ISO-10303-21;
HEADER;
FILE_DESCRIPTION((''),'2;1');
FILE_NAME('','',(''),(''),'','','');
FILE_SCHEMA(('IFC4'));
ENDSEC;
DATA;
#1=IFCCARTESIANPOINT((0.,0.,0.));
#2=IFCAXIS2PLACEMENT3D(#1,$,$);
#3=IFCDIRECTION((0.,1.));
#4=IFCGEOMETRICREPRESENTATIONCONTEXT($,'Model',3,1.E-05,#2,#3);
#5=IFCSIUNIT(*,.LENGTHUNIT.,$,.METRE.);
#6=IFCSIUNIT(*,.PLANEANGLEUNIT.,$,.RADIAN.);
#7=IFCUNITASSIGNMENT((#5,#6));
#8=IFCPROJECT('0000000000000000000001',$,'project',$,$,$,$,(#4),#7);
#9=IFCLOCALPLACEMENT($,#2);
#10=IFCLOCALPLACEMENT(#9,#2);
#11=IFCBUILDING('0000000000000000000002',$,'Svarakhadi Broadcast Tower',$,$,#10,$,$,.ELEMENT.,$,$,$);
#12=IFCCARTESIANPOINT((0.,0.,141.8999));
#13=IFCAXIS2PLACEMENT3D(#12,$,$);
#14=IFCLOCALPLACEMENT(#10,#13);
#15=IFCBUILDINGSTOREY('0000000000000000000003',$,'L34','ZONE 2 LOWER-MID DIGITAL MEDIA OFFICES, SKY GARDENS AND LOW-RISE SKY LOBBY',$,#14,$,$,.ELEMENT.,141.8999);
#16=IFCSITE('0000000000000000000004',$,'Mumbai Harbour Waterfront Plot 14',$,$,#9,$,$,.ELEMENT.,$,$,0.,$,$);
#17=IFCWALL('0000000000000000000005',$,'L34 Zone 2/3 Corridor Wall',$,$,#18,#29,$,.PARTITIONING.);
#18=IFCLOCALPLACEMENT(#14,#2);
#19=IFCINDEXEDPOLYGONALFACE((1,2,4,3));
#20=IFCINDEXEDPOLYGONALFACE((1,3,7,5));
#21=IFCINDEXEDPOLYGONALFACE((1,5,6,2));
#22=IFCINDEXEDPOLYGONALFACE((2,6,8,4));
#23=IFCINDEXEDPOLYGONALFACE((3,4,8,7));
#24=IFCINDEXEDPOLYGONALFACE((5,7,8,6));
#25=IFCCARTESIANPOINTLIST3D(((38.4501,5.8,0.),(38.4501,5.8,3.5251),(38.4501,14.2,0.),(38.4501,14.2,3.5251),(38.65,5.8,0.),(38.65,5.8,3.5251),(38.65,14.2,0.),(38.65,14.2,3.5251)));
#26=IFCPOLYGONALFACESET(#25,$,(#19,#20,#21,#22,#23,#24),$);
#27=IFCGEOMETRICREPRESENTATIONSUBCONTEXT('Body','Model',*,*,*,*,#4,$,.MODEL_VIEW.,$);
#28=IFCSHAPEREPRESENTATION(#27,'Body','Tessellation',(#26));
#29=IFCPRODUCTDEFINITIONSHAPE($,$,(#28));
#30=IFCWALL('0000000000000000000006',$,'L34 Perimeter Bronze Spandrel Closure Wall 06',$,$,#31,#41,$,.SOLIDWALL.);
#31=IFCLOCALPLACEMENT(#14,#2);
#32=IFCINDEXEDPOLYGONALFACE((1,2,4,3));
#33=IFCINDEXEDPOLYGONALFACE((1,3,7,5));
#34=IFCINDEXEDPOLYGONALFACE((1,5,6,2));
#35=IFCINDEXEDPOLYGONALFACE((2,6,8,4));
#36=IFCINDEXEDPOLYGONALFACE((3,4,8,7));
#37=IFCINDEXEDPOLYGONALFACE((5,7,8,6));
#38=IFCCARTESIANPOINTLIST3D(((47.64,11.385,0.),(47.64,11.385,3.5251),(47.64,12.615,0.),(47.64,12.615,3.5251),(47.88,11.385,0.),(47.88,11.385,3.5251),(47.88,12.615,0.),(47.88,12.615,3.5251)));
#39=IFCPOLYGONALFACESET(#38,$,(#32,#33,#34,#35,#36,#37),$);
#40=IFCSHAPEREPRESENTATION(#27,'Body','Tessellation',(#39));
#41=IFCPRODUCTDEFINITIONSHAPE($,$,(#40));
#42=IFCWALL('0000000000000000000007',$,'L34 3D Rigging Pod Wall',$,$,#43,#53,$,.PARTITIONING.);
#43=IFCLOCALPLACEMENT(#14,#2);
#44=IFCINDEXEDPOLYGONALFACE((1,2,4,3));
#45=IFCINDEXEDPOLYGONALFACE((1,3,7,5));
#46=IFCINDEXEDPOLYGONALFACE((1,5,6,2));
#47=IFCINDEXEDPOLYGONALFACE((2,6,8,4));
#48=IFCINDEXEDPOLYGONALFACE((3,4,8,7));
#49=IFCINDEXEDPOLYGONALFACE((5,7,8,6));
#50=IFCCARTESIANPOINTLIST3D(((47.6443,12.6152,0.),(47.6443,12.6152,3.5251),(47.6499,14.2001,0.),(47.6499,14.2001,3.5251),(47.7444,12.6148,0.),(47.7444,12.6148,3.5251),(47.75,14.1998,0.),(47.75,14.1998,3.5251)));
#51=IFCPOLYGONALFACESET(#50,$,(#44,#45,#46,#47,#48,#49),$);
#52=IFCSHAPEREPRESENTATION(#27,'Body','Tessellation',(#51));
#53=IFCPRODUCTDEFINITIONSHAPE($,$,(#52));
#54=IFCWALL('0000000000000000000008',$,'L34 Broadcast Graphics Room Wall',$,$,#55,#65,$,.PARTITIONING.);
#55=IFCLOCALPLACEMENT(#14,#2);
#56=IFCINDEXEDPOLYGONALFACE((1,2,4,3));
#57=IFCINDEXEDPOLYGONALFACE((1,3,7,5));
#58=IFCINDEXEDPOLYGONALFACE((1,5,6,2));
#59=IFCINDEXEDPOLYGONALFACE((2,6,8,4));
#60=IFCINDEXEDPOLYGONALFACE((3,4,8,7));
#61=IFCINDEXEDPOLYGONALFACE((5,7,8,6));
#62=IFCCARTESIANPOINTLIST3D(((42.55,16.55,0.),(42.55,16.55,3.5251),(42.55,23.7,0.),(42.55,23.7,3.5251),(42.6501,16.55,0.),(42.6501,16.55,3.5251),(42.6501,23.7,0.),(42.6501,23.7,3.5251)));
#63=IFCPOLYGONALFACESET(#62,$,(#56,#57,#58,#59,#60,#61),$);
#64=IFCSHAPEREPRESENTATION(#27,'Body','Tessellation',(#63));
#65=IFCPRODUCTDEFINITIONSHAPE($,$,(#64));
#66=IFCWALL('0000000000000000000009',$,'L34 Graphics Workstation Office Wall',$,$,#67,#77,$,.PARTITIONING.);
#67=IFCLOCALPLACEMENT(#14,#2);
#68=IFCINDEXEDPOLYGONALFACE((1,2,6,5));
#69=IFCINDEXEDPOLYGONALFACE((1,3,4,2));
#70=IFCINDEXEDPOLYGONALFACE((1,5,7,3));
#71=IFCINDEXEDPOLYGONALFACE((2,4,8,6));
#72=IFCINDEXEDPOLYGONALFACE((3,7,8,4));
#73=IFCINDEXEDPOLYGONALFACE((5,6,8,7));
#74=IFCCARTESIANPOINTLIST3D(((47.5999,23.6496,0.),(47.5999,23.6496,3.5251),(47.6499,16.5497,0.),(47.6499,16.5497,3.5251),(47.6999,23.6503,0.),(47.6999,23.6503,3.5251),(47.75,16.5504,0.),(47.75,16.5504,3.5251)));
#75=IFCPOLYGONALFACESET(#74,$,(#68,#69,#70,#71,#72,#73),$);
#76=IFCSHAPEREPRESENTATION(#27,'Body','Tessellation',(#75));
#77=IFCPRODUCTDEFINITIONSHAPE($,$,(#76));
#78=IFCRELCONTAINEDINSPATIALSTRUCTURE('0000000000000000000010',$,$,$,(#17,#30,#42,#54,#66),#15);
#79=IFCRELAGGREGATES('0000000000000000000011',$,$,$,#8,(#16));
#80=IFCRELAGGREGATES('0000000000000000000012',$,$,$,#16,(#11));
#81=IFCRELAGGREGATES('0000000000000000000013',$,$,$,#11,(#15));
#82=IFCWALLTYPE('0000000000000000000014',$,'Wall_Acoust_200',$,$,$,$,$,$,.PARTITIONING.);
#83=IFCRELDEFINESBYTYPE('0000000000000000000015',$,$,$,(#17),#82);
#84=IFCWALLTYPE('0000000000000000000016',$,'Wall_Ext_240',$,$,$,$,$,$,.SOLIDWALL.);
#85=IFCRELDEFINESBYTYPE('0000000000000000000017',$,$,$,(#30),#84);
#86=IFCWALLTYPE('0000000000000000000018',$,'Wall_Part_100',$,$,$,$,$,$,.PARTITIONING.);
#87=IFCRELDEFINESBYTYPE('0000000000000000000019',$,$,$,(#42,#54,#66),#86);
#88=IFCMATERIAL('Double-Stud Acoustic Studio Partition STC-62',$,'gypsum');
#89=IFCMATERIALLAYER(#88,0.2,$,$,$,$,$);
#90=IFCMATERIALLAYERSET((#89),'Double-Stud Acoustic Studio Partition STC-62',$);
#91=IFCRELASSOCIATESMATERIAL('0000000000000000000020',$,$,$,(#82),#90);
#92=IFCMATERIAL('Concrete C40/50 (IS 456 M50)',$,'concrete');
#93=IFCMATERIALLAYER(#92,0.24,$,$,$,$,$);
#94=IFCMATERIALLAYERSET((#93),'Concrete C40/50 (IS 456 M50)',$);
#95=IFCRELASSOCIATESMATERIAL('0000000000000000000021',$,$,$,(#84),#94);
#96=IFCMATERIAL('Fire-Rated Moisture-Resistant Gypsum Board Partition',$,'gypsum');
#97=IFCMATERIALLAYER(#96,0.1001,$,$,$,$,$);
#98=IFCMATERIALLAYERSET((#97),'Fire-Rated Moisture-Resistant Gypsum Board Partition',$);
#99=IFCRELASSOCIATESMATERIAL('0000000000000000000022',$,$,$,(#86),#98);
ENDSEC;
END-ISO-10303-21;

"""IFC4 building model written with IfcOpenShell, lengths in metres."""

from ifc_helpers import new_model, si_unit, direction, frame, frame_2d, origin, place, context, subcontext, project, spatial, rectangle, extrude, material, layer, layer_set, type_object, element, save


model = new_model("IFC4")

# Units and contexts
model_context = context("Model", 3, precision=1e-05, world=origin(), true_north=direction((0.0, 1.0)))
body_context = subcontext(model_context, "Body", "Model", "MODEL_VIEW")
ifc_project = project(units=[si_unit("LENGTHUNIT", "METRE"), si_unit("PLANEANGLEUNIT", "RADIAN")], contexts=[model_context])

# Site, building, storey
site_placement = place(None, origin())
site = spatial("IfcSite", under=ifc_project, at=site_placement, Name="Mumbai Harbour Waterfront Plot 14", CompositionType="ELEMENT", RefElevation=0.0)
building_placement = place(site_placement, origin())
building = spatial("IfcBuilding", under=site, at=building_placement, Name="Svarakhadi Broadcast Tower", CompositionType="ELEMENT")
storey_placement = place(building_placement, frame((0.0, 0.0, 141.8999)))
storey = spatial("IfcBuildingStorey", under=building, at=storey_placement, Name="L34", Description="ZONE 2 LOWER-MID DIGITAL MEDIA OFFICES, SKY GARDENS AND LOW-RISE SKY LOBBY", CompositionType="ELEMENT", Elevation=141.8999)

# Shared definitions
ifc_material_1 = material(Name="Double-Stud Acoustic Studio Partition STC-62", Category="gypsum")
ifc_layer_1 = layer(ifc_material_1, 0.2)
ifc_layer_set_1 = layer_set([ifc_layer_1], Name="Double-Stud Acoustic Studio Partition STC-62")
wall_type_1 = type_object("IfcWallType", Name="Wall_Acoust_200", PredefinedType="PARTITIONING", material=ifc_layer_set_1)

# Walls
wall_1_placement = place(storey_placement, frame((38.55, 14.2, 0.0), z_axis=(0.0, 0.0, 1.0), x_axis=(0.0, -1.0, 0.0)))
element("IfcWall", 1, at=wall_1_placement, inside=storey, type_object=wall_type_1, Name="L34 Zone 2/3 Corridor Wall", PredefinedType="PARTITIONING", context=body_context, shape_type="SweptSolid", body=[
    extrude(rectangle(XDim=8.3999, YDim=0.2, at=frame_2d((4.2, 0.0))), origin(), (0.0, 0.0, 1.0), 3.5251),
])
ifc_material_2 = material(Name="Concrete C40/50 (IS 456 M50)", Category="concrete")
ifc_layer_2 = layer(ifc_material_2, 0.24)
ifc_layer_set_2 = layer_set([ifc_layer_2], Name="Concrete C40/50 (IS 456 M50)")
wall_type_2 = type_object("IfcWallType", Name="Wall_Ext_240", PredefinedType="SOLIDWALL", material=ifc_layer_set_2)
wall_2_placement = place(storey_placement, frame((47.76, 12.615, 0.0), z_axis=(0.0, 0.0, 1.0), x_axis=(0.0, -1.0, 0.0)))
element("IfcWall", 2, at=wall_2_placement, inside=storey, type_object=wall_type_2, Name="L34 Perimeter Bronze Spandrel Closure Wall 06", PredefinedType="SOLIDWALL", context=body_context, shape_type="SweptSolid", body=[
    extrude(rectangle(XDim=1.23, YDim=0.24, at=frame_2d((0.615, 0.0))), origin(), (0.0, 0.0, 1.0), 3.5251),
])
ifc_material_3 = material(Name="Fire-Rated Moisture-Resistant Gypsum Board Partition", Category="gypsum")
ifc_layer_3 = layer(ifc_material_3, 0.1001)
ifc_layer_set_3 = layer_set([ifc_layer_3], Name="Fire-Rated Moisture-Resistant Gypsum Board Partition")
wall_type_3 = type_object("IfcWallType", Name="Wall_Part_100", PredefinedType="PARTITIONING", material=ifc_layer_set_3)
wall_3_placement = place(storey_placement, frame((47.6943, 12.615, 0.0), z_axis=(0.0, 0.0, 1.0), x_axis=(0.003543, 0.999994, 0.0)))
element("IfcWall", 3, at=wall_3_placement, inside=storey, type_object=wall_type_3, Name="L34 3D Rigging Pod Wall", PredefinedType="PARTITIONING", context=body_context, shape_type="SweptSolid", body=[
    extrude(rectangle(XDim=1.585, YDim=0.1001, at=frame_2d((0.7925, 0.0))), origin(), (0.0, 0.0, 1.0), 3.5251),
])
wall_4_placement = place(storey_placement, frame((42.6001, 16.55, 0.0), z_axis=(0.0, 0.0, 1.0), x_axis=(0.0, 1.0, 0.0)))
element("IfcWall", 4, at=wall_4_placement, inside=storey, type_object=wall_type_3, Name="L34 Broadcast Graphics Room Wall", PredefinedType="PARTITIONING", context=body_context, shape_type="SweptSolid", body=[
    extrude(rectangle(XDim=7.1499, YDim=0.1001, at=frame_2d((3.575, 0.0))), origin(), (0.0, 0.0, 1.0), 3.5251),
])
wall_5_placement = place(storey_placement, frame((47.7, 16.55, 0.0), z_axis=(0.0, 0.0, 1.0), x_axis=(-0.007049, 0.999975, 0.0)))
element("IfcWall", 5, at=wall_5_placement, inside=storey, type_object=wall_type_3, Name="L34 Graphics Workstation Office Wall", PredefinedType="PARTITIONING", context=body_context, shape_type="SweptSolid", body=[
    extrude(rectangle(XDim=7.1001, YDim=0.1001, at=frame_2d((3.55, 0.0))), origin(), (0.0, 0.0, 1.0), 3.5251),
])

save(model, "model.ifc")
